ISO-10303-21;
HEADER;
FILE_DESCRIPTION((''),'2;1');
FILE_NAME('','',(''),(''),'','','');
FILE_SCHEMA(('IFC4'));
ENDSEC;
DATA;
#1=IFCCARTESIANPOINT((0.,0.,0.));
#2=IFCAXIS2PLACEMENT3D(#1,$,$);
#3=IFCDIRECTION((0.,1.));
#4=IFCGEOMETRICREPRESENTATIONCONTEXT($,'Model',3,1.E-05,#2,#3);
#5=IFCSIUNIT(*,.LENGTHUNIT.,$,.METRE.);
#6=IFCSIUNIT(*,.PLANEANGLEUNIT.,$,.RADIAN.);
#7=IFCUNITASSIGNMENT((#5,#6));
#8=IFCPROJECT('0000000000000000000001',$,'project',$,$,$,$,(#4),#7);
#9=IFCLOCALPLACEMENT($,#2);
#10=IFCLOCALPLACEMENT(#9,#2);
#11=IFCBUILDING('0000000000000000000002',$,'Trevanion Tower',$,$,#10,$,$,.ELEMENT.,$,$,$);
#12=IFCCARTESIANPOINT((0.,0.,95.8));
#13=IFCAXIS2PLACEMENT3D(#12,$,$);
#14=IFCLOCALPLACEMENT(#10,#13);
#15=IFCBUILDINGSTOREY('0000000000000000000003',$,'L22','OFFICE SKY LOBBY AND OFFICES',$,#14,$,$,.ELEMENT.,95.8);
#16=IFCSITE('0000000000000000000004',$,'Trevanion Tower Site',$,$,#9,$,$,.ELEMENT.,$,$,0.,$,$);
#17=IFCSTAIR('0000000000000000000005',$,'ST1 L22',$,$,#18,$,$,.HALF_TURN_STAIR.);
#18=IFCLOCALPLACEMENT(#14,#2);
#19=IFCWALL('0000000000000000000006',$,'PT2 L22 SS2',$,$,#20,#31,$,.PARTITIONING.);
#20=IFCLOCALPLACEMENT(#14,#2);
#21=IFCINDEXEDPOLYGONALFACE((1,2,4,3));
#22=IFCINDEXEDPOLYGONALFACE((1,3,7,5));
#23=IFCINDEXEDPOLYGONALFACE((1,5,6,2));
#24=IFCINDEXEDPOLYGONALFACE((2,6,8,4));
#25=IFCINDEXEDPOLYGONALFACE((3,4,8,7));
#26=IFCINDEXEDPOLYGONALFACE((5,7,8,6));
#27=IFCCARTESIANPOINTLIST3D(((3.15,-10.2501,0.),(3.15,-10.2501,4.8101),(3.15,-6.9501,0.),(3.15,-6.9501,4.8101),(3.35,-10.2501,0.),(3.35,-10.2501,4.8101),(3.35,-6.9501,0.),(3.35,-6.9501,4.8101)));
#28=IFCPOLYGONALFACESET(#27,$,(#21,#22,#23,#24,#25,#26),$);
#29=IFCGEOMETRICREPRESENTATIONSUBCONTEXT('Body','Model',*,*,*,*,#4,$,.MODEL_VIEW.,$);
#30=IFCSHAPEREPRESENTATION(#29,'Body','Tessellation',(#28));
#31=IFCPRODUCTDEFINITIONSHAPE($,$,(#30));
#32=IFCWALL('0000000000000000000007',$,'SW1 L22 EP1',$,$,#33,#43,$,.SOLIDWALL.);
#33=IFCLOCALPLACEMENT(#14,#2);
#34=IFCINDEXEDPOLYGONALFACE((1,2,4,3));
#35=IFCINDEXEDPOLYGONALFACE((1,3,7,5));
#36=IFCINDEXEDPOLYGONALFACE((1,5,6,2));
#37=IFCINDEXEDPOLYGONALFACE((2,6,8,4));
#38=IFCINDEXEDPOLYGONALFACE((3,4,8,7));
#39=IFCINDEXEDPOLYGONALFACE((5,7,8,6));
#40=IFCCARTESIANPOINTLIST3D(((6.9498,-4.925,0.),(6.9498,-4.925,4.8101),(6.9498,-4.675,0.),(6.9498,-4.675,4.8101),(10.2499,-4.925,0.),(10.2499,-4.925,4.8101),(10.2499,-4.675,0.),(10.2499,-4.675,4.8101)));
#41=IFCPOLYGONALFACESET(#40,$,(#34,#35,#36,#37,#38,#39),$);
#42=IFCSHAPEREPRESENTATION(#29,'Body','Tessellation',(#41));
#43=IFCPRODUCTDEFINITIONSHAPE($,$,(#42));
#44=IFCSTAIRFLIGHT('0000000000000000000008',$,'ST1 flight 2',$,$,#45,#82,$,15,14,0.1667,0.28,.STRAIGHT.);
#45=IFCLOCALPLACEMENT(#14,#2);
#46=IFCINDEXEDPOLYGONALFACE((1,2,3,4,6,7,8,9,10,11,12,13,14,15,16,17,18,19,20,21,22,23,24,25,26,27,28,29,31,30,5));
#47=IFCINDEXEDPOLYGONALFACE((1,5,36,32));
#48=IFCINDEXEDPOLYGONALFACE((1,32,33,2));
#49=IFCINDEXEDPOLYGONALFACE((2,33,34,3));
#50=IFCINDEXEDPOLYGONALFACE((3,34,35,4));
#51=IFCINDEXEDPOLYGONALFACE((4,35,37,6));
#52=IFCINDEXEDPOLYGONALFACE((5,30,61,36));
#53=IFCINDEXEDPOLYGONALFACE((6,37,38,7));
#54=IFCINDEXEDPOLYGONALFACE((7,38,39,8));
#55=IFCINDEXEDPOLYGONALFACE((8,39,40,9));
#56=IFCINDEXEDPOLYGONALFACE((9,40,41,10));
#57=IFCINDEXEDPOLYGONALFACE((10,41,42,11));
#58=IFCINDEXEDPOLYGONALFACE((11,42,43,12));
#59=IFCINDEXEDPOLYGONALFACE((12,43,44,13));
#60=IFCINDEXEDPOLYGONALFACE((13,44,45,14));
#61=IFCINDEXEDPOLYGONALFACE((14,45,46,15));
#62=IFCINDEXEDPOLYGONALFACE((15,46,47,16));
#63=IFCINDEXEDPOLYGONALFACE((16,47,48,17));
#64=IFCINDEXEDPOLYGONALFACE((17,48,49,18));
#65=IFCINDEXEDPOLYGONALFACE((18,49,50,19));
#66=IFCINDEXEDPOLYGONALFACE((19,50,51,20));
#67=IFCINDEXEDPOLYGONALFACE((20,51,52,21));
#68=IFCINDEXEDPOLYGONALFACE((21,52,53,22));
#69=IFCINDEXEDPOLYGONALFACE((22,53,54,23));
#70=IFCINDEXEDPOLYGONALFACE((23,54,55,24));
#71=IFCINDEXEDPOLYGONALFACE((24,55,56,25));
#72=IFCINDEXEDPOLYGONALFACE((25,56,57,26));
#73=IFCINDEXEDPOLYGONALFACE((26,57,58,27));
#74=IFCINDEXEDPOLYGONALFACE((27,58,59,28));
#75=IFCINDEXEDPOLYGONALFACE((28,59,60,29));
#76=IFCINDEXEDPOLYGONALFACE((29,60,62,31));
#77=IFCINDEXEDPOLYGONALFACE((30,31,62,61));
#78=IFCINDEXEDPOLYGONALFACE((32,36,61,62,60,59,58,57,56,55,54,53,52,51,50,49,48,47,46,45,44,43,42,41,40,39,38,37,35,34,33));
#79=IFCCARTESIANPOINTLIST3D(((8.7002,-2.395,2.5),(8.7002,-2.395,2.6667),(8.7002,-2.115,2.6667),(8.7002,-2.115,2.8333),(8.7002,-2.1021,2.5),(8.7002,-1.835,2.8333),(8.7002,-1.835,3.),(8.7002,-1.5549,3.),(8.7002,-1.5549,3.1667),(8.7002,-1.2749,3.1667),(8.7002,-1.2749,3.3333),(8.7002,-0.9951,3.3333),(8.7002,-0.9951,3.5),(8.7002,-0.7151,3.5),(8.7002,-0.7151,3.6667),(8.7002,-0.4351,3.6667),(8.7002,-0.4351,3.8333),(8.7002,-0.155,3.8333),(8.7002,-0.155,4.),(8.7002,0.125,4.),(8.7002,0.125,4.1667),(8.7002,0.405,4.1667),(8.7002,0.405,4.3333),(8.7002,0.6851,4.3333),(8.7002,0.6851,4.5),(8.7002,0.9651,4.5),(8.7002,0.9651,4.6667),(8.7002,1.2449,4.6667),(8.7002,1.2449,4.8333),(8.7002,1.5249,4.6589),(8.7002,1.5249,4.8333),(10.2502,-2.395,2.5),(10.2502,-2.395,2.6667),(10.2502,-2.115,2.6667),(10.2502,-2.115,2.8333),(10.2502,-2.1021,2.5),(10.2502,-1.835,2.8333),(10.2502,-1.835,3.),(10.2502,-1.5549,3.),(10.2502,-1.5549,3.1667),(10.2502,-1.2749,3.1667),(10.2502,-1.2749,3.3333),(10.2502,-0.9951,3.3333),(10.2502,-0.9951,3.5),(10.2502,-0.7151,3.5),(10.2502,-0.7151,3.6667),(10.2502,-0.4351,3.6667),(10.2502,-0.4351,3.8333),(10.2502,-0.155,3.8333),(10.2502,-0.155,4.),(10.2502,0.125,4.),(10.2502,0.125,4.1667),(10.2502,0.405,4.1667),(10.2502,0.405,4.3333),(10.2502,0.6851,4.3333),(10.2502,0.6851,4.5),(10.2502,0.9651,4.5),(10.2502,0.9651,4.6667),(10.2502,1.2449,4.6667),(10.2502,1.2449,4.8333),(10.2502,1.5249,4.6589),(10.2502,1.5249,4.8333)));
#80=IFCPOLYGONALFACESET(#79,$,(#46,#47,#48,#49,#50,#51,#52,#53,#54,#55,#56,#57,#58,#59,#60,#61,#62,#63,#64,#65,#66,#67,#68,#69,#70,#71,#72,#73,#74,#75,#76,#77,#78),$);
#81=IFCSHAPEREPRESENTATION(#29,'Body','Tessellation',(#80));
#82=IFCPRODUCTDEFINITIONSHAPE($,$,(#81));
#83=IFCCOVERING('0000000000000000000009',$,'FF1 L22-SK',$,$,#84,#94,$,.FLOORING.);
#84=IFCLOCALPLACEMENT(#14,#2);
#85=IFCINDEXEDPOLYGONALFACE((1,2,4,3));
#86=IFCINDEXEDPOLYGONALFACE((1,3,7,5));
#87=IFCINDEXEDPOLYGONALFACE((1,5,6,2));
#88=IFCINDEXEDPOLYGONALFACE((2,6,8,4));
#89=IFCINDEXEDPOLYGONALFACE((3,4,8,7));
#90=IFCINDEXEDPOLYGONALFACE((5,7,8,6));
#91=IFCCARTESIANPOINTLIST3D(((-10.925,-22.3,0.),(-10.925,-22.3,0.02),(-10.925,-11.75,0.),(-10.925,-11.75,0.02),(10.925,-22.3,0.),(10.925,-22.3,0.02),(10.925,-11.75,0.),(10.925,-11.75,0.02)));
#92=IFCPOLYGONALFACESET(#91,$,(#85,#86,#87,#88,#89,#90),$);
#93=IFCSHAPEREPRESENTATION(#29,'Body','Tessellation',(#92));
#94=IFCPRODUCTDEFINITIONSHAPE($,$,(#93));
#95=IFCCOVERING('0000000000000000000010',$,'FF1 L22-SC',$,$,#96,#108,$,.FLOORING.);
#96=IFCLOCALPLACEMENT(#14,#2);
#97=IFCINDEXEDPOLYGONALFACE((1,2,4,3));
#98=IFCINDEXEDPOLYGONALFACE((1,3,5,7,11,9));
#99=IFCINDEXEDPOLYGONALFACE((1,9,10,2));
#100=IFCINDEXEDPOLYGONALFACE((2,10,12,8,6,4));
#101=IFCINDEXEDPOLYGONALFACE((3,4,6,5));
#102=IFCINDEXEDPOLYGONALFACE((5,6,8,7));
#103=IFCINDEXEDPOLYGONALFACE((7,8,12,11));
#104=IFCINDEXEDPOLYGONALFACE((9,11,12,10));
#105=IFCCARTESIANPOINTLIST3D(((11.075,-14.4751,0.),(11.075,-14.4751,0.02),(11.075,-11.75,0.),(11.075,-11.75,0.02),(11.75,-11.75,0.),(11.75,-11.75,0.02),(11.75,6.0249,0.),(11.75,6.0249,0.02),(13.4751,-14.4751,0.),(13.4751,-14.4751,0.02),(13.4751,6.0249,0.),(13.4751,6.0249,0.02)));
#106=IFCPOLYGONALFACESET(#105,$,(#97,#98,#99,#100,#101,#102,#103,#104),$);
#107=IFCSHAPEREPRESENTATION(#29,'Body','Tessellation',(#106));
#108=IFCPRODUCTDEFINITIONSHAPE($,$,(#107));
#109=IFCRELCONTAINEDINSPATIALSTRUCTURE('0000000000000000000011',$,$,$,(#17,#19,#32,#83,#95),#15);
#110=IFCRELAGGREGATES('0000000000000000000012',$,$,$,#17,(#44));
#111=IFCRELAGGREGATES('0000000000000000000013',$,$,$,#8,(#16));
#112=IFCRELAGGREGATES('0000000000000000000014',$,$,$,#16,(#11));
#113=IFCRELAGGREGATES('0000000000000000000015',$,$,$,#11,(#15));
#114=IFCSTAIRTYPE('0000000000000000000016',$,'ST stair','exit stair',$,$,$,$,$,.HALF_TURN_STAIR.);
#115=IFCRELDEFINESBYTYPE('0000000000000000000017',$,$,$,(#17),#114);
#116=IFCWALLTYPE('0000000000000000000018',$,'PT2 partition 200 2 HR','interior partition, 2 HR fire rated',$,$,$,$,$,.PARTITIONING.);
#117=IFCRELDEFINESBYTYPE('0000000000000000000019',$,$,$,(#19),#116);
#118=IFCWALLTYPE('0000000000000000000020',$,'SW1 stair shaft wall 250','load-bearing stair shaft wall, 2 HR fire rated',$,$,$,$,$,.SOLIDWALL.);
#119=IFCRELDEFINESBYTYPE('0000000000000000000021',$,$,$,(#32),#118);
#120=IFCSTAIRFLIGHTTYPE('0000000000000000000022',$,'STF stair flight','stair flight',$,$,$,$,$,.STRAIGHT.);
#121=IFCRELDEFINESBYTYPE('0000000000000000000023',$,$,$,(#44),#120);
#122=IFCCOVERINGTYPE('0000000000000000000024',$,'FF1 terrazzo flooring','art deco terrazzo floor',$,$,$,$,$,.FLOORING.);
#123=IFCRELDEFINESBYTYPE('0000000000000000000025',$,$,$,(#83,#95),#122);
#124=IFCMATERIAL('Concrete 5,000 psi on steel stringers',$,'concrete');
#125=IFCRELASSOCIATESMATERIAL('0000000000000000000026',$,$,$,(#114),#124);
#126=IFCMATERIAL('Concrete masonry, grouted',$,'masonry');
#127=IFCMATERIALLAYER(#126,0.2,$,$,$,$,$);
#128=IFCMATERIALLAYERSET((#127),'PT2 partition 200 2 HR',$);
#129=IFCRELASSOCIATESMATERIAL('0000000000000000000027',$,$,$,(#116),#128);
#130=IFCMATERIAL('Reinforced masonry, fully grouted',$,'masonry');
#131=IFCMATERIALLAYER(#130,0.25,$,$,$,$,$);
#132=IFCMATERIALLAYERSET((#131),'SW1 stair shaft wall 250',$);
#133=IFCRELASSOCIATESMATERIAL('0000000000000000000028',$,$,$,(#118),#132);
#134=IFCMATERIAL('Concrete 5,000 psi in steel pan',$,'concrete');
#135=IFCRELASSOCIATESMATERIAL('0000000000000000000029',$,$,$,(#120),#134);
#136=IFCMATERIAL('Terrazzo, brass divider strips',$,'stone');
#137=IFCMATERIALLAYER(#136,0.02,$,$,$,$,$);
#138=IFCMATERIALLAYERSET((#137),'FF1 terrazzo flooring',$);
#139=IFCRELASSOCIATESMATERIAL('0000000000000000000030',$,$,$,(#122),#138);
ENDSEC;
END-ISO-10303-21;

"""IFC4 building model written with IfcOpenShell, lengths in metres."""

from ifc_helpers import new_model, si_unit, direction, frame, frame_2d, origin, place, context, subcontext, project, spatial, polyline, rectangle, outline, extrude, material, layer, layer_set, type_object, element, aggregate, save


model = new_model("IFC4")

# Units and contexts
model_context = context("Model", 3, precision=1e-05, world=origin(), true_north=direction((0.0, 1.0)))
body_context = subcontext(model_context, "Body", "Model", "MODEL_VIEW")
ifc_project = project(units=[si_unit("LENGTHUNIT", "METRE"), si_unit("PLANEANGLEUNIT", "RADIAN")], contexts=[model_context])

# Site, building, storey
site_placement = place(None, origin())
site = spatial("IfcSite", under=ifc_project, at=site_placement, Name="Trevanion Tower Site", CompositionType="ELEMENT", RefElevation=0.0)
building_placement = place(site_placement, origin())
building = spatial("IfcBuilding", under=site, at=building_placement, Name="Trevanion Tower", CompositionType="ELEMENT")
storey_placement = place(building_placement, frame((0.0, 0.0, 95.8)))
storey = spatial("IfcBuildingStorey", under=building, at=storey_placement, Name="L22", Description="OFFICE SKY LOBBY AND OFFICES", CompositionType="ELEMENT", Elevation=95.8)

# Stair
ifc_material_1 = material(Name="Concrete 5,000 psi on steel stringers", Category="concrete")
stair_type = type_object("IfcStairType", Name="ST stair", Description="exit stair", PredefinedType="HALF_TURN_STAIR", material=ifc_material_1)
stair_1_placement = place(storey_placement, origin())
stair_1 = element("IfcStair", 1, at=stair_1_placement, inside=storey, type_object=stair_type, Name="ST1 L22", PredefinedType="HALF_TURN_STAIR")

# Walls
ifc_material_2 = material(Name="Concrete masonry, grouted", Category="masonry")
ifc_layer_1 = layer(ifc_material_2, 0.2)
ifc_layer_set_1 = layer_set([ifc_layer_1], Name="PT2 partition 200 2 HR")
wall_type_1 = type_object("IfcWallType", Name="PT2 partition 200 2 HR", Description="interior partition, 2 HR fire rated", PredefinedType="PARTITIONING", material=ifc_layer_set_1)
wall_1_placement = place(storey_placement, frame((3.25, -10.25, 0.0), z_axis=(0.0, 0.0, 1.0), x_axis=(0.0, 1.0, 0.0)))
element("IfcWall", 2, at=wall_1_placement, inside=storey, type_object=wall_type_1, Name="PT2 L22 SS2", PredefinedType="PARTITIONING", context=body_context, shape_type="SweptSolid", body=[
    extrude(rectangle(XDim=3.3, YDim=0.2, at=frame_2d((1.6499, 0.0))), origin(), (0.0, 0.0, 1.0), 4.8101),
])
ifc_material_3 = material(Name="Reinforced masonry, fully grouted", Category="masonry")
ifc_layer_2 = layer(ifc_material_3, 0.25)
ifc_layer_set_2 = layer_set([ifc_layer_2], Name="SW1 stair shaft wall 250")
wall_type_2 = type_object("IfcWallType", Name="SW1 stair shaft wall 250", Description="load-bearing stair shaft wall, 2 HR fire rated", PredefinedType="SOLIDWALL", material=ifc_layer_set_2)
wall_2_placement = place(storey_placement, frame((6.95, -4.8, 0.0), z_axis=(0.0, 0.0, 1.0), x_axis=(1.0, 0.0, 0.0)))
element("IfcWall", 3, at=wall_2_placement, inside=storey, type_object=wall_type_2, Name="SW1 L22 EP1", PredefinedType="SOLIDWALL", context=body_context, shape_type="SweptSolid", body=[
    extrude(rectangle(XDim=3.3, YDim=0.25, at=frame_2d((1.6499, 0.0))), origin(), (0.0, 0.0, 1.0), 4.8101),
])

# Stair flight
ifc_material_4 = material(Name="Concrete 5,000 psi in steel pan", Category="concrete")
stair_flight_type = type_object("IfcStairFlightType", Name="STF stair flight", Description="stair flight", PredefinedType="STRAIGHT", material=ifc_material_4)
stair_flight_placement = place(storey_placement, frame((9.4751, -2.395, 2.5), z_axis=(0.0, 0.0, 1.0), x_axis=(0.0, 1.0, 0.0)))
stair_flight = element("IfcStairFlight", 4, at=stair_flight_placement, type_object=stair_flight_type, Name="ST1 flight 2", NumberOfRisers=15, NumberOfTreads=14, PredefinedType="STRAIGHT", RiserHeight=0.1667, TreadLength=0.28, context=body_context, shape_type="SweptSolid", body=[
    extrude(outline(polyline([(0.0, 0.0), (0.0, 0.1667), (0.28, 0.1667), (0.28, 0.3333), (0.5601, 0.3333), (0.5601, 0.5), (0.8401, 0.5), (0.8401, 0.6667), (1.1201, 0.6667), (1.1201, 0.8333), (1.3999, 0.8333), (1.3999, 1.0), (1.6799, 1.0), (1.6799, 1.1667), (1.96, 1.1667), (1.96, 1.3333), (2.24, 1.3333), (2.24, 1.5), (2.52, 1.5), (2.52, 1.6667), (2.8, 1.6667), (2.8, 1.8333), (3.0801, 1.8333), (3.0801, 2.0), (3.3601, 2.0), (3.3601, 2.1667), (3.6399, 2.1667), (3.6399, 2.3333), (3.9199, 2.3333), (3.9199, 2.5), (3.9199, 2.1589), (0.293, 0.0), (0.0, 0.0)])), frame((0.0, 0.7749, 0.0), z_axis=(0.0, -1.0, 0.0), x_axis=(1.0, 0.0, 0.0)), (0.0, 0.0, 1.0), 1.55),
])
aggregate(stair_1, [stair_flight])

# Coverings
ifc_material_5 = material(Name="Terrazzo, brass divider strips", Category="stone")
ifc_layer_3 = layer(ifc_material_5, 0.02)
ifc_layer_set_3 = layer_set([ifc_layer_3], Name="FF1 terrazzo flooring")
covering_type = type_object("IfcCoveringType", Name="FF1 terrazzo flooring", Description="art deco terrazzo floor", PredefinedType="FLOORING", material=ifc_layer_set_3)
covering_1_placement = place(storey_placement, origin())
element("IfcCovering", 5, at=covering_1_placement, inside=storey, type_object=covering_type, Name="FF1 L22-SK", PredefinedType="FLOORING", context=body_context, shape_type="SweptSolid", body=[
    extrude(outline(polyline([(-10.925, -22.3), (-10.925, -11.75), (10.925, -11.75), (10.925, -22.3), (-10.925, -22.3)])), origin(), (0.0, 0.0, 1.0), 0.02),
])
covering_2_placement = place(storey_placement, origin())
element("IfcCovering", 6, at=covering_2_placement, inside=storey, type_object=covering_type, Name="FF1 L22-SC", PredefinedType="FLOORING", context=body_context, shape_type="SweptSolid", body=[
    extrude(outline(polyline([(11.75, -11.75), (11.75, 6.0249), (13.4751, 6.0249), (13.4751, -14.4751), (11.075, -14.4751), (11.075, -11.75), (11.75, -11.75)])), origin(), (0.0, 0.0, 1.0), 0.02),
])

save(model, "model.ifc")
